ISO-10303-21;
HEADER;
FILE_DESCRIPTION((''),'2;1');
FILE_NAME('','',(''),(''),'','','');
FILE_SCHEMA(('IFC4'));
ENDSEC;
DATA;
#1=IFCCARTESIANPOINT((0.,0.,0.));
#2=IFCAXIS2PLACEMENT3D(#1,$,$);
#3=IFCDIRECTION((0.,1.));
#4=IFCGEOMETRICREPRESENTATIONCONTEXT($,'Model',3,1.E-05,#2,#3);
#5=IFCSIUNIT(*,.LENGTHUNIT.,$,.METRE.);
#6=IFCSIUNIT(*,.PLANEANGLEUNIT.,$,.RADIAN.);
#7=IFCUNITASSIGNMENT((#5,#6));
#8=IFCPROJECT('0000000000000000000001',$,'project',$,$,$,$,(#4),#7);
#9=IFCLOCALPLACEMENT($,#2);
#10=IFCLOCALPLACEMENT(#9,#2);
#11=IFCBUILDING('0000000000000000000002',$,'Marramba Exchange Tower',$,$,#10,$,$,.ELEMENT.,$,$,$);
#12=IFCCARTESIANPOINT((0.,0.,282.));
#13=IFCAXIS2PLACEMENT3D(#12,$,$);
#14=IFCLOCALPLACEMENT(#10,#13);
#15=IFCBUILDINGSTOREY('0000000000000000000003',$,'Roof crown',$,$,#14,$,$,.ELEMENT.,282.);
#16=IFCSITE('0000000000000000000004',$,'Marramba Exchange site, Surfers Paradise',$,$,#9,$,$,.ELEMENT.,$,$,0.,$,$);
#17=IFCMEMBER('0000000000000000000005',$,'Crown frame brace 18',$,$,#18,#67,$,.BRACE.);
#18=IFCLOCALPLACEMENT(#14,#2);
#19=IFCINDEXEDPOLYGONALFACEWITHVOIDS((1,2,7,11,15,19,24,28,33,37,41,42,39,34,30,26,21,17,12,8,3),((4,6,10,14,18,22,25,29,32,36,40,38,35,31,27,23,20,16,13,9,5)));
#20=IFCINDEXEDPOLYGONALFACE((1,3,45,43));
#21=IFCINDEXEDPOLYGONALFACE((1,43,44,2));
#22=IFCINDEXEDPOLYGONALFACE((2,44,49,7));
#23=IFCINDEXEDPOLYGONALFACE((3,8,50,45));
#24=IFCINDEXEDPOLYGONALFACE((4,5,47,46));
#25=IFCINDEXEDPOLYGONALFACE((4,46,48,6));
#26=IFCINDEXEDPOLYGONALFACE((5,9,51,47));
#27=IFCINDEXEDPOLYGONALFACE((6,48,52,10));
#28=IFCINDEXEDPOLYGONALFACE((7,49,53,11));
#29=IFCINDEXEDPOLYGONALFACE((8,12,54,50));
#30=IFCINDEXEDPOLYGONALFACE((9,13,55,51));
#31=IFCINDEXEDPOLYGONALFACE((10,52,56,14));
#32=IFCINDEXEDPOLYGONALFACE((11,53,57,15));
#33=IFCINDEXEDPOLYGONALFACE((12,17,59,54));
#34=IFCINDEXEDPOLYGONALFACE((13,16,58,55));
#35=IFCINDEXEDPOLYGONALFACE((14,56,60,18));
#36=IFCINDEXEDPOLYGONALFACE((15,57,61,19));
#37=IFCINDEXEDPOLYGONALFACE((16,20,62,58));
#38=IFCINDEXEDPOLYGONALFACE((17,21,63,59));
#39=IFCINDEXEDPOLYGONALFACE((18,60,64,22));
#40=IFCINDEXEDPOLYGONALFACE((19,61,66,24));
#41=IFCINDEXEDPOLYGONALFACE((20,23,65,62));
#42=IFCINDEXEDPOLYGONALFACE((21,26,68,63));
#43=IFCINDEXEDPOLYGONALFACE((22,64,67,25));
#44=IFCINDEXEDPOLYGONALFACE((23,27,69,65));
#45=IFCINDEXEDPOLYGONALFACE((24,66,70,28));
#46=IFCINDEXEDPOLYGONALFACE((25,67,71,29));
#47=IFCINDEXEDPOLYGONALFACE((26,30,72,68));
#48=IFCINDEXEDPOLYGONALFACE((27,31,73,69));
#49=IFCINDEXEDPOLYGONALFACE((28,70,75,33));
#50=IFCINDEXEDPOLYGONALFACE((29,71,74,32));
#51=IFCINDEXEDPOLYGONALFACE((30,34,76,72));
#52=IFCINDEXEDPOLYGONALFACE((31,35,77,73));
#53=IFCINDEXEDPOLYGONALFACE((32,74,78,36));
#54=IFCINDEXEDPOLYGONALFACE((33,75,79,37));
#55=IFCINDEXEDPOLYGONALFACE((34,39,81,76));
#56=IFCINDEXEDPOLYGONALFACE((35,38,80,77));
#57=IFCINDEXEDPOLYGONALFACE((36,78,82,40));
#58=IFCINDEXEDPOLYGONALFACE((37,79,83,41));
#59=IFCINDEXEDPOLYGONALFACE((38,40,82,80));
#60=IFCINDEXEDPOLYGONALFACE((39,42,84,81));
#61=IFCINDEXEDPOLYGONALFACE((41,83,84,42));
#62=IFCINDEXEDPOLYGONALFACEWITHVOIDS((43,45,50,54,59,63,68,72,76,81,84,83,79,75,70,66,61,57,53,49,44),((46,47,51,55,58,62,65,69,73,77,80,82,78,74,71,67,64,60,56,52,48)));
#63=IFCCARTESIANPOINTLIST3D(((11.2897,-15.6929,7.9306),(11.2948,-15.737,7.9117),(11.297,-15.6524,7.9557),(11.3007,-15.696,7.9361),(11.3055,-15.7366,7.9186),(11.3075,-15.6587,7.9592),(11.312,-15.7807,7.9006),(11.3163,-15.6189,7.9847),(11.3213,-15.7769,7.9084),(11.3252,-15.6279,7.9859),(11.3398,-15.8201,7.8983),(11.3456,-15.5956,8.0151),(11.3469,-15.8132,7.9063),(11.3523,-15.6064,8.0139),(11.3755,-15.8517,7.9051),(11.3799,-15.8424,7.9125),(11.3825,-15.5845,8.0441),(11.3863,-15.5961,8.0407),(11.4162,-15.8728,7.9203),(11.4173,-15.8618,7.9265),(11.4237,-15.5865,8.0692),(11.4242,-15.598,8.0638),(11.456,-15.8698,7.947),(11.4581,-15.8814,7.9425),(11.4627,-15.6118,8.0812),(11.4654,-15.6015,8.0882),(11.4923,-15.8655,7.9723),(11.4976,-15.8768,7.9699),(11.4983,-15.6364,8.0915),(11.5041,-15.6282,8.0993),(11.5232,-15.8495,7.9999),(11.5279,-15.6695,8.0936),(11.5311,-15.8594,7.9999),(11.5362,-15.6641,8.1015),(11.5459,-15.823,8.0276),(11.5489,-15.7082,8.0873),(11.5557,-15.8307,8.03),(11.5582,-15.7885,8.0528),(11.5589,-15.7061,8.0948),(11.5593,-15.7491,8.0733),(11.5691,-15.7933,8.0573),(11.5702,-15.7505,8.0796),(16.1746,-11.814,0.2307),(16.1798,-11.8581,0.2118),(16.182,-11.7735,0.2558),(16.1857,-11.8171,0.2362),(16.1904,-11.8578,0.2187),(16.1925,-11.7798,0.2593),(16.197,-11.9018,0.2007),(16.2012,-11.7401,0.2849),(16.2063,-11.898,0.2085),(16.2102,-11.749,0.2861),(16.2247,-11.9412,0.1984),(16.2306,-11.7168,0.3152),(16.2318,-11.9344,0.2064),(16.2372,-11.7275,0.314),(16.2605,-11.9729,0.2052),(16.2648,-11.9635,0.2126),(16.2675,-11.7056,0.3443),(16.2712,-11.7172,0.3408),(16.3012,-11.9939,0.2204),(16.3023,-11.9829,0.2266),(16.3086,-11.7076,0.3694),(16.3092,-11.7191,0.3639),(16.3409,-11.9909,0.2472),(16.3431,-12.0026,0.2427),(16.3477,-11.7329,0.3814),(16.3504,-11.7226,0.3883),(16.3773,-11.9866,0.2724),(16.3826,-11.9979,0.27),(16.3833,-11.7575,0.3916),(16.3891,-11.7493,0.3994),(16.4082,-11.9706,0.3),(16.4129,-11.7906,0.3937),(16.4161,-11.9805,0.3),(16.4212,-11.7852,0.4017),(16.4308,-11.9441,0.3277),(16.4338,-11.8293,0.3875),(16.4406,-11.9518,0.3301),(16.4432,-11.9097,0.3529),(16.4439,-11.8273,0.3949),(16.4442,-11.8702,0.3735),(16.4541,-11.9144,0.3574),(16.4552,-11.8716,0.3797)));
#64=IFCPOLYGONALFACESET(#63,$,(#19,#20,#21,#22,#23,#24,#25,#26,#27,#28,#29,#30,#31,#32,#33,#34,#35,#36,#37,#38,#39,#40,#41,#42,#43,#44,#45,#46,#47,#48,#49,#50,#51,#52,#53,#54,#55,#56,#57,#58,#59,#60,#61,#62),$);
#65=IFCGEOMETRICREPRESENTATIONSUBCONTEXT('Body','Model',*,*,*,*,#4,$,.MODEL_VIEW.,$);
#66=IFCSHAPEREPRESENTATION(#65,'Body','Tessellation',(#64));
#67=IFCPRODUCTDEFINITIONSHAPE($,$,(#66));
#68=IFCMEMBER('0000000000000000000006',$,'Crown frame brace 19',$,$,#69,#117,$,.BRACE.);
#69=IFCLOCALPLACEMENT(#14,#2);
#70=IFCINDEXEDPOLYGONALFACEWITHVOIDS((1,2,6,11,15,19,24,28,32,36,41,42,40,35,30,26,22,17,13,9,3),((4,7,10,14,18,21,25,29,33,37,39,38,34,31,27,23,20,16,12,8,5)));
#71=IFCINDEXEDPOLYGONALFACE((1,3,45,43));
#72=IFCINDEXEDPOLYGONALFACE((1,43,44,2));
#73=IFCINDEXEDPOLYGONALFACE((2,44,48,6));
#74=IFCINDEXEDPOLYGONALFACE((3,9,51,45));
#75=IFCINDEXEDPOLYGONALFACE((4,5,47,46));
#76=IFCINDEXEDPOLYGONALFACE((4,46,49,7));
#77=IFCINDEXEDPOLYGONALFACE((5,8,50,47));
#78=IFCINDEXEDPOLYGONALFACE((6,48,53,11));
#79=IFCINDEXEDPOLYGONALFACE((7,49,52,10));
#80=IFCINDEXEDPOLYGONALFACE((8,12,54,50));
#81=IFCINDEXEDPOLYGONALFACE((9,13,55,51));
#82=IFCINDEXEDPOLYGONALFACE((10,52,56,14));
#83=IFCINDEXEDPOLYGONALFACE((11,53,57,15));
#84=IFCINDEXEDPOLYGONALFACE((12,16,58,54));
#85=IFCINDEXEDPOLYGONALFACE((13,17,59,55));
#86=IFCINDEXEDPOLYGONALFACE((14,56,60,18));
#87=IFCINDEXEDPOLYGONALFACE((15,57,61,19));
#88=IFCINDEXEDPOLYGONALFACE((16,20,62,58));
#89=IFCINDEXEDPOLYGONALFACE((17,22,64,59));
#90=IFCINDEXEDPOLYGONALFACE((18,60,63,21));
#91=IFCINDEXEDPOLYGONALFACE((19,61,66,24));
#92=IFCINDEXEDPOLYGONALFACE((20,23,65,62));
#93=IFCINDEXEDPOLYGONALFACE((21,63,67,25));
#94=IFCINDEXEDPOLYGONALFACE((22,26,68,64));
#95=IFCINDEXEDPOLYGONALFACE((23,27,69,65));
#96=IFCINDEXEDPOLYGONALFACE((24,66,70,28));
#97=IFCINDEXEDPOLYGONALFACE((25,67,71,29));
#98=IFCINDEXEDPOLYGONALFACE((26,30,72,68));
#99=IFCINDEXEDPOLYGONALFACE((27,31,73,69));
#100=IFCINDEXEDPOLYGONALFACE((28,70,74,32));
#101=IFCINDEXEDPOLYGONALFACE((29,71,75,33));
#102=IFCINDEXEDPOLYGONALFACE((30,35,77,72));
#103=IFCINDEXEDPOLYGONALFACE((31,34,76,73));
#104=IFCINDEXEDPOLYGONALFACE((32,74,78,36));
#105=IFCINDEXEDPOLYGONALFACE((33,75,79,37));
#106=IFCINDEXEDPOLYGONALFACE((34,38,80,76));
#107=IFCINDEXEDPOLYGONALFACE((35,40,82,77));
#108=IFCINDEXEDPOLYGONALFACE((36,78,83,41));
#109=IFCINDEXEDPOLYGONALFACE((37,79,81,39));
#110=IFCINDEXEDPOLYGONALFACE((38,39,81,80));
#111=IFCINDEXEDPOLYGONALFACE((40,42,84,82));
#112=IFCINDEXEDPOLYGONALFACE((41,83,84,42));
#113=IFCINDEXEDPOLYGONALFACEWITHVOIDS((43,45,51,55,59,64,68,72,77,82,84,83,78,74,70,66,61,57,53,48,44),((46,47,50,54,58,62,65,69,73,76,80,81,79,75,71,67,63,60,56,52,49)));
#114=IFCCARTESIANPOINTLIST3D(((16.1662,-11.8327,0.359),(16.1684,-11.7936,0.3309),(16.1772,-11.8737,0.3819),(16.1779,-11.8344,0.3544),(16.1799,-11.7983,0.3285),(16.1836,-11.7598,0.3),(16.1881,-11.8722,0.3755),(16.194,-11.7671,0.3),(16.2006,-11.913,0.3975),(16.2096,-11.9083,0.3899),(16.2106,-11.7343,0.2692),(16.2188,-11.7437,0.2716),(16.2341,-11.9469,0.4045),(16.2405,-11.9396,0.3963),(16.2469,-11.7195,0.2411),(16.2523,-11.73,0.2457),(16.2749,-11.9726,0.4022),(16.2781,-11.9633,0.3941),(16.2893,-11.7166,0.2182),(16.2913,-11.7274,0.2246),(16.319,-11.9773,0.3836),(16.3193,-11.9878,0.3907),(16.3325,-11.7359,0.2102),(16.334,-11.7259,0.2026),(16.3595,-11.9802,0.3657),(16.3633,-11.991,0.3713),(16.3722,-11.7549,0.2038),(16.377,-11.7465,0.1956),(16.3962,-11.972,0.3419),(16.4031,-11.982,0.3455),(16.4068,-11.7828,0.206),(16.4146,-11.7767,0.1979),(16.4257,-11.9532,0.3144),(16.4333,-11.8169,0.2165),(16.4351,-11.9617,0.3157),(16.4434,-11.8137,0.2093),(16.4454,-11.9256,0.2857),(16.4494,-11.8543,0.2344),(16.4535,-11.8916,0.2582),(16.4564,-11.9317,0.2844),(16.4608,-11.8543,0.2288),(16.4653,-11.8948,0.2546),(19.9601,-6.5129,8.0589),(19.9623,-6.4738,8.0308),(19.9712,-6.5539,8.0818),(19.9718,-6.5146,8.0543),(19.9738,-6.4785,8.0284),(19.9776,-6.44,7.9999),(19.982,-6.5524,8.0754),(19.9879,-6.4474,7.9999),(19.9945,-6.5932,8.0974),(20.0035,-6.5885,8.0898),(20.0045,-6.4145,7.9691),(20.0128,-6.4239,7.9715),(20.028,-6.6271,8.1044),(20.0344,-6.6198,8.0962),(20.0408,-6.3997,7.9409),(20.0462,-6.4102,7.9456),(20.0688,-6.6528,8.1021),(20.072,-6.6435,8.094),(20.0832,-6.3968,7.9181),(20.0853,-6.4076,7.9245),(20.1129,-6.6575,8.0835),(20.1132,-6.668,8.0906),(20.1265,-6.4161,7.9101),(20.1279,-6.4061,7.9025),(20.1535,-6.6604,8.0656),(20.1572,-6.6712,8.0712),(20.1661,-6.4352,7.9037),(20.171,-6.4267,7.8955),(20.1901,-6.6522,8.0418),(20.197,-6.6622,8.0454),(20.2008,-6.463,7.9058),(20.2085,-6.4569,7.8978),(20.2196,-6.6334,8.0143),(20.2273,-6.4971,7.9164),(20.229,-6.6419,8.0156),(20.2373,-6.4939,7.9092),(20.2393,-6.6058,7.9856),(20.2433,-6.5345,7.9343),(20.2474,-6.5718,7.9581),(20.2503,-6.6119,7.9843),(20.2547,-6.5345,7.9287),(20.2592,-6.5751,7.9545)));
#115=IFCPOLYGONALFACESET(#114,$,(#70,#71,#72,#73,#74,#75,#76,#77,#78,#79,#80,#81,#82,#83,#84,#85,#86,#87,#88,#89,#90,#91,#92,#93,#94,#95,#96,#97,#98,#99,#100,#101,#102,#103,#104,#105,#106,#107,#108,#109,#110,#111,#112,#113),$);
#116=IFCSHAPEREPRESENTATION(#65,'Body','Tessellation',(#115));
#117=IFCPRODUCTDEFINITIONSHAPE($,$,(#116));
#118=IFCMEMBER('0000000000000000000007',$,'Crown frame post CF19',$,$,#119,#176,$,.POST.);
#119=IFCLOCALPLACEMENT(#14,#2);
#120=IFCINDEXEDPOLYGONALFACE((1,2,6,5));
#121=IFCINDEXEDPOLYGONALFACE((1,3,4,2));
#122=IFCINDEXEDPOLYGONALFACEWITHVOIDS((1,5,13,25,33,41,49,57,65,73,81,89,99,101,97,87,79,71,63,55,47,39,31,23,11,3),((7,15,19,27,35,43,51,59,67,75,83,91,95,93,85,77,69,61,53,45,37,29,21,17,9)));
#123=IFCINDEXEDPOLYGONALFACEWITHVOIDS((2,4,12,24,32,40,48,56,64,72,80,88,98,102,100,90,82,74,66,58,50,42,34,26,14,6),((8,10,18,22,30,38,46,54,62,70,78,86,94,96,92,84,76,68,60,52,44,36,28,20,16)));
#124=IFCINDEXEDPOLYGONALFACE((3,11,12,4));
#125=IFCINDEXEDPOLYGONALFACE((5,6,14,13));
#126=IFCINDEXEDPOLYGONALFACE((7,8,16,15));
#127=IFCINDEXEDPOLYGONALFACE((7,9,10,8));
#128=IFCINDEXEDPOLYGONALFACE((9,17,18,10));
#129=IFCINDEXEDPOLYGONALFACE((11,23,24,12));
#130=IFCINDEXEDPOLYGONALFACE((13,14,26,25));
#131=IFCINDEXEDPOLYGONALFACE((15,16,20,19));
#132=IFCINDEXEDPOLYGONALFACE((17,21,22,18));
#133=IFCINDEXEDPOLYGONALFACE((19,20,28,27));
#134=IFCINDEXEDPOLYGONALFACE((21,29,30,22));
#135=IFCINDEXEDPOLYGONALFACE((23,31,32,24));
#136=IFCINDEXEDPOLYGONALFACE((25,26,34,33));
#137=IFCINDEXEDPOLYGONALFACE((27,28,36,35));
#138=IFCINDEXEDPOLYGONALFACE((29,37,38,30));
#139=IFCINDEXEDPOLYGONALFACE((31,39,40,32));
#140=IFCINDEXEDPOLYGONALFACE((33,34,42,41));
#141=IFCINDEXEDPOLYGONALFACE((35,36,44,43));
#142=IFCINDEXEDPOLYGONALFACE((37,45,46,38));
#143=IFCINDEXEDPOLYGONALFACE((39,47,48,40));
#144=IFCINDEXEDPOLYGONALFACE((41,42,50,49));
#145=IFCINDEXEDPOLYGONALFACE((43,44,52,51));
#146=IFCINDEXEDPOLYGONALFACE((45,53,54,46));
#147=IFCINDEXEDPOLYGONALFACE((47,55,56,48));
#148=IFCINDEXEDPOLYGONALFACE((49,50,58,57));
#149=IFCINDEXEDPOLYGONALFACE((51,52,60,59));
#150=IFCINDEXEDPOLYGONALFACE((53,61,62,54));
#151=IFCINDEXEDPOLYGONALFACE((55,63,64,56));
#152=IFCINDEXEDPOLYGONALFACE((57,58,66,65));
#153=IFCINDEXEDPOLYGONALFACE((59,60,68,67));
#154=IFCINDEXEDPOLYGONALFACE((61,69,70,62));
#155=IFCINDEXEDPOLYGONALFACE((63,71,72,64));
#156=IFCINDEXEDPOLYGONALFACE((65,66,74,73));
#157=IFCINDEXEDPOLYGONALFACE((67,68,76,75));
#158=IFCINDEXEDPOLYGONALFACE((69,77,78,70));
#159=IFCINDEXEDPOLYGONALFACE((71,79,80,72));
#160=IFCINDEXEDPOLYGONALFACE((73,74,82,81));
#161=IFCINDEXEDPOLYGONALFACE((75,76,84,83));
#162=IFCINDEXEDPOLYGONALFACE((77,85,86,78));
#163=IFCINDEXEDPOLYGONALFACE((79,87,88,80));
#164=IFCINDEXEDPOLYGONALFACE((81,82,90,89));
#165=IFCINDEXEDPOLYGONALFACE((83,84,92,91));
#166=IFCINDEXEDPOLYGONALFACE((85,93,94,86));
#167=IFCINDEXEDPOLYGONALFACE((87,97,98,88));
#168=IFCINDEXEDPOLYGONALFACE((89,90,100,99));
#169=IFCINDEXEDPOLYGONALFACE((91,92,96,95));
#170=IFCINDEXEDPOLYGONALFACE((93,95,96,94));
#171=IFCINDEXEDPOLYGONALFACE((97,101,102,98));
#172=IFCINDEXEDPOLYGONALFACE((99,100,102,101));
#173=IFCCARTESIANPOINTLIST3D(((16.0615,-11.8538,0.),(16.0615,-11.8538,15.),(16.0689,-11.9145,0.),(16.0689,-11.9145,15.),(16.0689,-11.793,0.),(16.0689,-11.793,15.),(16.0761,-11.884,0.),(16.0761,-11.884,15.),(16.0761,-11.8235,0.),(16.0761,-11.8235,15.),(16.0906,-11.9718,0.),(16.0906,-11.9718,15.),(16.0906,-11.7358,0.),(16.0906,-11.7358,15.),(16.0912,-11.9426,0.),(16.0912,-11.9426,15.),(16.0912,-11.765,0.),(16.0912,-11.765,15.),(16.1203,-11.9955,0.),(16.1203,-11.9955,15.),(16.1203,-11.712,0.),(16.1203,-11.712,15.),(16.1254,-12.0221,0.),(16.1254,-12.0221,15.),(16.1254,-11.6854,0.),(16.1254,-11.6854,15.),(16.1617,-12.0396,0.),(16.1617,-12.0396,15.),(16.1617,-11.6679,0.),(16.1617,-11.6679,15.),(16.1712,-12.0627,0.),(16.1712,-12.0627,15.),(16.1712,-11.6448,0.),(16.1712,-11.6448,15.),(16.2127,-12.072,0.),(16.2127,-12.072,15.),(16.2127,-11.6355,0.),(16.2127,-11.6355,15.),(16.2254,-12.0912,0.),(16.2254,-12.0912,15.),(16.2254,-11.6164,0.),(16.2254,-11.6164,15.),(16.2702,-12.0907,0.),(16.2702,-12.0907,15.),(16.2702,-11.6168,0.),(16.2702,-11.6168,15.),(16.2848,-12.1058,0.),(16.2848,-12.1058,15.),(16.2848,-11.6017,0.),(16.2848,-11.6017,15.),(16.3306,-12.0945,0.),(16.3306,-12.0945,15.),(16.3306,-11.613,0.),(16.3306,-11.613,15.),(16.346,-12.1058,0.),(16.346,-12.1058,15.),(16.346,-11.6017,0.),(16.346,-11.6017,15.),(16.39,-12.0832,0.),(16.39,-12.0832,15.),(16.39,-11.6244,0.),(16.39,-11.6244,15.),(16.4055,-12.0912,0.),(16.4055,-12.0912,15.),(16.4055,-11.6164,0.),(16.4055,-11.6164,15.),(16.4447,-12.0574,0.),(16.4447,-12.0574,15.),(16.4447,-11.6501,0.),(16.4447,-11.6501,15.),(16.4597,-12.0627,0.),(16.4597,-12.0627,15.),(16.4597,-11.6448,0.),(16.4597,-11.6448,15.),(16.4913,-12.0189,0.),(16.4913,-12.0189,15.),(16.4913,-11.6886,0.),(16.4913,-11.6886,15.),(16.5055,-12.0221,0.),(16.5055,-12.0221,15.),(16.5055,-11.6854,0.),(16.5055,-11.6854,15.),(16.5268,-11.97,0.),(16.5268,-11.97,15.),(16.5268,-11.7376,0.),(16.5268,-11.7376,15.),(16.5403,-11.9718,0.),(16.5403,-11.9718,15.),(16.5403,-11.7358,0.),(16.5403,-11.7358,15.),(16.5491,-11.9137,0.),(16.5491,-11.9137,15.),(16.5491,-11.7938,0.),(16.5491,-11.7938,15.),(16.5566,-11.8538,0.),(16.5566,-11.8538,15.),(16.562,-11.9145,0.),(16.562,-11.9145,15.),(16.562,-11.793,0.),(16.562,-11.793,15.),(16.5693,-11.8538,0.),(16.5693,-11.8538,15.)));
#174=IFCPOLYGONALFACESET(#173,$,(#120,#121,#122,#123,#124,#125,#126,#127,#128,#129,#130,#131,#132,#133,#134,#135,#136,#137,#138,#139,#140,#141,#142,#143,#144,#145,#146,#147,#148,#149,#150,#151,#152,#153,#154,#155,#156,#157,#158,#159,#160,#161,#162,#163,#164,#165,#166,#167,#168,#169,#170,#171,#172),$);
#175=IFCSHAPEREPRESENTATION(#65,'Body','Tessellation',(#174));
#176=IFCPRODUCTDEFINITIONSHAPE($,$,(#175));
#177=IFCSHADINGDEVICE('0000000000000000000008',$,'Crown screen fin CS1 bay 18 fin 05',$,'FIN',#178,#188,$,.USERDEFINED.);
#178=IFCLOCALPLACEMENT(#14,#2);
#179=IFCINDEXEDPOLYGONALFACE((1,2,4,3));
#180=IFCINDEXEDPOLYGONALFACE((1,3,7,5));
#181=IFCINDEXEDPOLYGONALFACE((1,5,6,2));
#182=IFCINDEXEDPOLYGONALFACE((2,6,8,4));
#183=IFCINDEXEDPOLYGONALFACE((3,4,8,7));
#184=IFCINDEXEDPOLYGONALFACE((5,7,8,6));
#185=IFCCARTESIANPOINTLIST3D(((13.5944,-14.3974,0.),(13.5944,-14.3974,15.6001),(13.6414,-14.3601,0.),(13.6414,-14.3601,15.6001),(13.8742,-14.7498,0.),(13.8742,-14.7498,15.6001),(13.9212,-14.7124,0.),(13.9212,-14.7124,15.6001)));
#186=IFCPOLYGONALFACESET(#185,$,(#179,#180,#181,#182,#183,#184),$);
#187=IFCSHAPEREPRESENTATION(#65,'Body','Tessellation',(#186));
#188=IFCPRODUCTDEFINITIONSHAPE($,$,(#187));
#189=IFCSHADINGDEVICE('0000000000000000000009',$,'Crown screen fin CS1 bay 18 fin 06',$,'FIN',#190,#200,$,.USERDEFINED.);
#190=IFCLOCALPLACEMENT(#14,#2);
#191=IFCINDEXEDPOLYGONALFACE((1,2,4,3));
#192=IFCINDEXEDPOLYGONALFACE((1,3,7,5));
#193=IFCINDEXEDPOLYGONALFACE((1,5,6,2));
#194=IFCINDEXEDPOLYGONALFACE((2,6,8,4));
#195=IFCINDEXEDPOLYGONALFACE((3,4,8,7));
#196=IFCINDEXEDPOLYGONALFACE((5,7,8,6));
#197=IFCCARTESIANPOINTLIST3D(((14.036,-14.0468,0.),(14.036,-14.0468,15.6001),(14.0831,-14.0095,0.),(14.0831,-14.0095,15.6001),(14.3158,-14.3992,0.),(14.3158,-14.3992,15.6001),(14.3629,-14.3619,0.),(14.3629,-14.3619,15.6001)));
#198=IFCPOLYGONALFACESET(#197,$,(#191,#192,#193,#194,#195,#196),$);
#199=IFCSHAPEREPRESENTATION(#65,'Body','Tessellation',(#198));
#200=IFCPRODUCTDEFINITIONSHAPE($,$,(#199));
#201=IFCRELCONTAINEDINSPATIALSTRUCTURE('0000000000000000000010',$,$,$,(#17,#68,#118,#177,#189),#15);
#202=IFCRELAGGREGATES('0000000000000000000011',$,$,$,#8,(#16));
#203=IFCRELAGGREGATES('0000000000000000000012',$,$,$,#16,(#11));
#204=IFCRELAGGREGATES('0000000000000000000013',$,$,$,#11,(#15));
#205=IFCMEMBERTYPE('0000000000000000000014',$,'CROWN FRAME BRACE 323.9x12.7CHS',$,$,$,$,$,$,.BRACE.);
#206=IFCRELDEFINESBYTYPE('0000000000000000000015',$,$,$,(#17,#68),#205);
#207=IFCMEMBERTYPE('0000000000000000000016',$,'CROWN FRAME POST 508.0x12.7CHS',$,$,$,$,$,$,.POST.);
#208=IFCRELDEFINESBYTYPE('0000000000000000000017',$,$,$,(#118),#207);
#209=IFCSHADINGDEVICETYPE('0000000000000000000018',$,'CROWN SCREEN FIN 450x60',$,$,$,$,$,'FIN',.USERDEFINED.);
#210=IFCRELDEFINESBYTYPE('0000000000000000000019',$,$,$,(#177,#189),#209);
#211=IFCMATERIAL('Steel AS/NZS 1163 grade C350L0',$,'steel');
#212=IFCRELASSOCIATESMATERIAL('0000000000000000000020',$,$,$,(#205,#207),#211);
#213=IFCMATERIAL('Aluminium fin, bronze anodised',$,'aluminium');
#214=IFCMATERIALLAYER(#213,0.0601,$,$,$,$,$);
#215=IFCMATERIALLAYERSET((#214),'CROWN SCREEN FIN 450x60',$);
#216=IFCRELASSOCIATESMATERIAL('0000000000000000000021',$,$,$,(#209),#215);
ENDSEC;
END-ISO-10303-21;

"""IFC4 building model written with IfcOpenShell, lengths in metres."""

from ifc_helpers import new_model, si_unit, direction, frame, origin, origin_2d, place, context, subcontext, project, spatial, rectangle, hollow_circle, extrude, material, layer, layer_set, material_profile, profile_set, type_object, element, save


model = new_model("IFC4")

# Units and contexts
model_context = context("Model", 3, precision=1e-05, world=origin(), true_north=direction((0.0, 1.0)))
body_context = subcontext(model_context, "Body", "Model", "MODEL_VIEW")
ifc_project = project(units=[si_unit("LENGTHUNIT", "METRE"), si_unit("PLANEANGLEUNIT", "RADIAN")], contexts=[model_context])

# Site, building, storey
site_placement = place(None, origin())
site = spatial("IfcSite", under=ifc_project, at=site_placement, Name="Marramba Exchange site, Surfers Paradise", CompositionType="ELEMENT", RefElevation=0.0)
building_placement = place(site_placement, origin())
building = spatial("IfcBuilding", under=site, at=building_placement, Name="Marramba Exchange Tower", CompositionType="ELEMENT")
storey_placement = place(building_placement, frame((0.0, 0.0, 282.0)))
storey = spatial("IfcBuildingStorey", under=building, at=storey_placement, Name="Roof crown", CompositionType="ELEMENT", Elevation=282.0)

# Members
ifc_material_1 = material(Name="Steel AS/NZS 1163 grade C350L0", Category="steel")
ifc_material_profile_1 = material_profile(ifc_material_1, hollow_circle(Radius=0.1619, WallThickness=0.0127, at=origin_2d()), Name="323.9x12.7CHS")
ifc_profile_set_1 = profile_set([ifc_material_profile_1], Name="Steel AS/NZS 1163 grade C350L0")
member_type_1 = type_object("IfcMemberType", Name="CROWN FRAME BRACE 323.9x12.7CHS", PredefinedType="BRACE", material=ifc_profile_set_1)
member_1_placement = place(storey_placement, frame((16.3154, -11.8538, 0.3), z_axis=(-0.492962, -0.391433, 0.777026), x_axis=(0.621846, -0.783139, 0.0)))
element("IfcMember", 1, at=member_1_placement, inside=storey, type_object=member_type_1, Name="Crown frame brace 18", PredefinedType="BRACE", context=body_context, shape_type="SweptSolid", body=[
    extrude(hollow_circle(Radius=0.1619, WallThickness=0.0127, at=origin_2d()), origin(), (0.0, 0.0, 1.0), 9.9094),
])
member_2_placement = place(storey_placement, frame((16.3154, -11.8538, 0.3), z_axis=(0.375686, 0.526783, 0.762469), x_axis=(-0.814162, 0.580637, 0.0)))
element("IfcMember", 2, at=member_2_placement, inside=storey, type_object=member_type_1, Name="Crown frame brace 19", PredefinedType="BRACE", context=body_context, shape_type="SweptSolid", body=[
    extrude(hollow_circle(Radius=0.1619, WallThickness=0.0127, at=origin_2d()), origin(), (0.0, 0.0, 1.0), 10.0986),
])
ifc_material_profile_2 = material_profile(ifc_material_1, hollow_circle(Radius=0.2539, WallThickness=0.0127, at=origin_2d()), Name="508.0x12.7CHS")
ifc_profile_set_2 = profile_set([ifc_material_profile_2], Name="Steel AS/NZS 1163 grade C350L0")
member_type_2 = type_object("IfcMemberType", Name="CROWN FRAME POST 508.0x12.7CHS", PredefinedType="POST", material=ifc_profile_set_2)
member_3_placement = place(storey_placement, frame((16.3154, -11.8538, 0.0), z_axis=(0.0, 0.0, 1.0), x_axis=(1.0, 0.0, 0.0)))
element("IfcMember", 3, at=member_3_placement, inside=storey, type_object=member_type_2, Name="Crown frame post CF19", PredefinedType="POST", context=body_context, shape_type="SweptSolid", body=[
    extrude(hollow_circle(Radius=0.2539, WallThickness=0.0127, at=origin_2d()), origin(), (0.0, 0.0, 1.0), 15.0),
])

# Shading devices
ifc_material_2 = material(Name="Aluminium fin, bronze anodised", Category="aluminium")
ifc_layer_1 = layer(ifc_material_2, 0.0601)
ifc_layer_set_1 = layer_set([ifc_layer_1], Name="CROWN SCREEN FIN 450x60")
shading_device_type = type_object("IfcShadingDeviceType", Name="CROWN SCREEN FIN 450x60", ElementType="FIN", PredefinedType="USERDEFINED", material=ifc_layer_set_1)
for number, where, z_axis, x_axis, name in (
    (4, (13.7578, -14.5549, 0.0), (0.0, 0.0, 1.0), (0.621845, -0.78314, 0.0), "Crown screen fin CS1 bay 18 fin 05"),
    (5, (14.1995, -14.2043, 0.0), (0.0, 0.0, 1.0), (0.621845, -0.78314, 0.0), "Crown screen fin CS1 bay 18 fin 06"),
):
    element("IfcShadingDevice", number, at=place(storey_placement, frame(where, z_axis=z_axis, x_axis=x_axis)), inside=storey, type_object=shading_device_type, Name=name, ObjectType="FIN", PredefinedType="USERDEFINED", context=body_context, shape_type="SweptSolid", body=[
        extrude(rectangle(XDim=0.45, YDim=0.0601, at=origin_2d()), origin(), (0.0, 0.0, 1.0), 15.6001),
    ])

save(model, "model.ifc")
